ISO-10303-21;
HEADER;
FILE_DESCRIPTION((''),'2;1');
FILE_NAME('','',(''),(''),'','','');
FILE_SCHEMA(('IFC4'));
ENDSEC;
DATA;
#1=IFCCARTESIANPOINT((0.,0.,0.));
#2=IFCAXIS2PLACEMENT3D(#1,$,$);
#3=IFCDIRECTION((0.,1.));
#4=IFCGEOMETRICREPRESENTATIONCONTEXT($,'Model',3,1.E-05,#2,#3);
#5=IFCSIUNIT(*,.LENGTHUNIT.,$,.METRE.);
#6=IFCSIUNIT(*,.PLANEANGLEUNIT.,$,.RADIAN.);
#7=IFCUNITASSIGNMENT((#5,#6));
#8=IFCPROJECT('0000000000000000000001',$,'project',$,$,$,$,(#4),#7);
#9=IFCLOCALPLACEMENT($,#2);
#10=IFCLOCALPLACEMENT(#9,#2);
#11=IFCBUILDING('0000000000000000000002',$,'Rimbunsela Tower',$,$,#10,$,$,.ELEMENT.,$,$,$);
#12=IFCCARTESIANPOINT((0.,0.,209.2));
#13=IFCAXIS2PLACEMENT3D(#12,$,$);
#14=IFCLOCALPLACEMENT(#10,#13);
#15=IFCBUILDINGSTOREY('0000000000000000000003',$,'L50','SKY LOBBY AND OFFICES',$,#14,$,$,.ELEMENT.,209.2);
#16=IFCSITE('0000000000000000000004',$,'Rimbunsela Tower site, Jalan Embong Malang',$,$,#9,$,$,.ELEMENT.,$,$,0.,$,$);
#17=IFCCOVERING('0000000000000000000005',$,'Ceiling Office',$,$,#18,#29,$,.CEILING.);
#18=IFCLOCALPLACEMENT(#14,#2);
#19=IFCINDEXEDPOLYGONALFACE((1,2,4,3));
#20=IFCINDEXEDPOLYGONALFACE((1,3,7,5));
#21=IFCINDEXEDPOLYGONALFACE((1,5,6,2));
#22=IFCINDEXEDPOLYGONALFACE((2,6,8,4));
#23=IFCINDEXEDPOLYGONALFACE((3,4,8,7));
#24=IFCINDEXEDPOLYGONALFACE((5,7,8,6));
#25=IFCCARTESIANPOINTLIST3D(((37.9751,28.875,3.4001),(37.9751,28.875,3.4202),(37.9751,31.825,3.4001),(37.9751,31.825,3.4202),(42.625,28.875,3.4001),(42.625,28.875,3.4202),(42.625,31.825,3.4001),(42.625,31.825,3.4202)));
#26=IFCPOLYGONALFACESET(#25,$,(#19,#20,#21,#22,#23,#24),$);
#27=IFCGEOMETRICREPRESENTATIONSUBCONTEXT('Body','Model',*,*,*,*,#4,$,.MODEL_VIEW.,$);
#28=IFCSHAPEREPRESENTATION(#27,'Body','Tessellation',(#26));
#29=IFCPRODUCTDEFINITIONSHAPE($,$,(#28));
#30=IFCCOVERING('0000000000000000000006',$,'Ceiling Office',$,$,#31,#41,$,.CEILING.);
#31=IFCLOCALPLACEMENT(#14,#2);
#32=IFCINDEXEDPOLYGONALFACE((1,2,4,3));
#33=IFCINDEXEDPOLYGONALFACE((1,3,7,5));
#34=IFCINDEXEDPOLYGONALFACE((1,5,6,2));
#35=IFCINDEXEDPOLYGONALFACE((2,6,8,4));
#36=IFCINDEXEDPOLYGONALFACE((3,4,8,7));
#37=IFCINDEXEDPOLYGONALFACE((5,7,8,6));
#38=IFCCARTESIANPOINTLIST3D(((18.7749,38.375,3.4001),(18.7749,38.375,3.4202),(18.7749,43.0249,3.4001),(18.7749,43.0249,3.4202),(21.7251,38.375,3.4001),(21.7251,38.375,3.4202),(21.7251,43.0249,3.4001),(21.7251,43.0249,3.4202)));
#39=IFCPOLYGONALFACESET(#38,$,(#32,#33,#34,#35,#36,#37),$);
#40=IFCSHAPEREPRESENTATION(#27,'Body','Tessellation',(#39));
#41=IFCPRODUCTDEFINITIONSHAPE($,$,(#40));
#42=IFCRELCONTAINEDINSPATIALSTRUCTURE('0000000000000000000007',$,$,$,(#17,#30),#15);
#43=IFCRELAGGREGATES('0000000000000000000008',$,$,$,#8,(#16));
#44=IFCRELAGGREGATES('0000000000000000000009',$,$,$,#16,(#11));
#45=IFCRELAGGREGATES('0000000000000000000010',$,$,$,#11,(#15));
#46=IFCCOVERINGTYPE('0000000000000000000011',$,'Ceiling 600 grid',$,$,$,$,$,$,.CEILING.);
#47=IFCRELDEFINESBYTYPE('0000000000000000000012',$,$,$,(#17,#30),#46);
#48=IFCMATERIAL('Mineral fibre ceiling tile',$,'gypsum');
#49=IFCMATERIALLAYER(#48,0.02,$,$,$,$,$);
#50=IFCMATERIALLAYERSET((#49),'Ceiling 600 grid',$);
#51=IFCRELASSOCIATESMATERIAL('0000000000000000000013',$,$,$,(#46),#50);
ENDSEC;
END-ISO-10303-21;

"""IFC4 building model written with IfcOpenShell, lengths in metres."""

from ifc_helpers import new_model, si_unit, direction, frame, origin, place, context, subcontext, project, spatial, polyline, outline, extrude, material, layer, layer_set, type_object, element, save


model = new_model("IFC4")

# Units and contexts
model_context = context("Model", 3, precision=1e-05, world=origin(), true_north=direction((0.0, 1.0)))
body_context = subcontext(model_context, "Body", "Model", "MODEL_VIEW")
ifc_project = project(units=[si_unit("LENGTHUNIT", "METRE"), si_unit("PLANEANGLEUNIT", "RADIAN")], contexts=[model_context])

# Site, building, storey
site_placement = place(None, origin())
site = spatial("IfcSite", under=ifc_project, at=site_placement, Name="Rimbunsela Tower site, Jalan Embong Malang", CompositionType="ELEMENT", RefElevation=0.0)
building_placement = place(site_placement, origin())
building = spatial("IfcBuilding", under=site, at=building_placement, Name="Rimbunsela Tower", CompositionType="ELEMENT")
storey_placement = place(building_placement, frame((0.0, 0.0, 209.2)))
storey = spatial("IfcBuildingStorey", under=building, at=storey_placement, Name="L50", Description="SKY LOBBY AND OFFICES", CompositionType="ELEMENT", Elevation=209.2)

# Coverings
ifc_material_1 = material(Name="Mineral fibre ceiling tile", Category="gypsum")
ifc_layer_1 = layer(ifc_material_1, 0.02)
ifc_layer_set_1 = layer_set([ifc_layer_1], Name="Ceiling 600 grid")
covering_type_1 = type_object("IfcCoveringType", Name="Ceiling 600 grid", PredefinedType="CEILING", material=ifc_layer_set_1)
covering_1_placement = place(storey_placement, frame((0.0, 0.0, 3.4001)))
element("IfcCovering", 1, at=covering_1_placement, inside=storey, type_object=covering_type_1, Name="Ceiling Office", PredefinedType="CEILING", context=body_context, shape_type="SweptSolid", body=[
    extrude(outline(polyline([(42.625, 28.875), (42.625, 31.825), (37.9751, 31.825), (37.9751, 28.875), (42.625, 28.875)])), origin(), (0.0, 0.0, 1.0), 0.02),
])
covering_2_placement = place(storey_placement, frame((0.0, 0.0, 3.4001)))
element("IfcCovering", 2, at=covering_2_placement, inside=storey, type_object=covering_type_1, Name="Ceiling Office", PredefinedType="CEILING", context=body_context, shape_type="SweptSolid", body=[
    extrude(outline(polyline([(21.7251, 38.375), (21.7251, 43.0249), (18.7749, 43.0249), (18.7749, 38.375), (21.7251, 38.375)])), origin(), (0.0, 0.0, 1.0), 0.02),
])

save(model, "model.ifc")
